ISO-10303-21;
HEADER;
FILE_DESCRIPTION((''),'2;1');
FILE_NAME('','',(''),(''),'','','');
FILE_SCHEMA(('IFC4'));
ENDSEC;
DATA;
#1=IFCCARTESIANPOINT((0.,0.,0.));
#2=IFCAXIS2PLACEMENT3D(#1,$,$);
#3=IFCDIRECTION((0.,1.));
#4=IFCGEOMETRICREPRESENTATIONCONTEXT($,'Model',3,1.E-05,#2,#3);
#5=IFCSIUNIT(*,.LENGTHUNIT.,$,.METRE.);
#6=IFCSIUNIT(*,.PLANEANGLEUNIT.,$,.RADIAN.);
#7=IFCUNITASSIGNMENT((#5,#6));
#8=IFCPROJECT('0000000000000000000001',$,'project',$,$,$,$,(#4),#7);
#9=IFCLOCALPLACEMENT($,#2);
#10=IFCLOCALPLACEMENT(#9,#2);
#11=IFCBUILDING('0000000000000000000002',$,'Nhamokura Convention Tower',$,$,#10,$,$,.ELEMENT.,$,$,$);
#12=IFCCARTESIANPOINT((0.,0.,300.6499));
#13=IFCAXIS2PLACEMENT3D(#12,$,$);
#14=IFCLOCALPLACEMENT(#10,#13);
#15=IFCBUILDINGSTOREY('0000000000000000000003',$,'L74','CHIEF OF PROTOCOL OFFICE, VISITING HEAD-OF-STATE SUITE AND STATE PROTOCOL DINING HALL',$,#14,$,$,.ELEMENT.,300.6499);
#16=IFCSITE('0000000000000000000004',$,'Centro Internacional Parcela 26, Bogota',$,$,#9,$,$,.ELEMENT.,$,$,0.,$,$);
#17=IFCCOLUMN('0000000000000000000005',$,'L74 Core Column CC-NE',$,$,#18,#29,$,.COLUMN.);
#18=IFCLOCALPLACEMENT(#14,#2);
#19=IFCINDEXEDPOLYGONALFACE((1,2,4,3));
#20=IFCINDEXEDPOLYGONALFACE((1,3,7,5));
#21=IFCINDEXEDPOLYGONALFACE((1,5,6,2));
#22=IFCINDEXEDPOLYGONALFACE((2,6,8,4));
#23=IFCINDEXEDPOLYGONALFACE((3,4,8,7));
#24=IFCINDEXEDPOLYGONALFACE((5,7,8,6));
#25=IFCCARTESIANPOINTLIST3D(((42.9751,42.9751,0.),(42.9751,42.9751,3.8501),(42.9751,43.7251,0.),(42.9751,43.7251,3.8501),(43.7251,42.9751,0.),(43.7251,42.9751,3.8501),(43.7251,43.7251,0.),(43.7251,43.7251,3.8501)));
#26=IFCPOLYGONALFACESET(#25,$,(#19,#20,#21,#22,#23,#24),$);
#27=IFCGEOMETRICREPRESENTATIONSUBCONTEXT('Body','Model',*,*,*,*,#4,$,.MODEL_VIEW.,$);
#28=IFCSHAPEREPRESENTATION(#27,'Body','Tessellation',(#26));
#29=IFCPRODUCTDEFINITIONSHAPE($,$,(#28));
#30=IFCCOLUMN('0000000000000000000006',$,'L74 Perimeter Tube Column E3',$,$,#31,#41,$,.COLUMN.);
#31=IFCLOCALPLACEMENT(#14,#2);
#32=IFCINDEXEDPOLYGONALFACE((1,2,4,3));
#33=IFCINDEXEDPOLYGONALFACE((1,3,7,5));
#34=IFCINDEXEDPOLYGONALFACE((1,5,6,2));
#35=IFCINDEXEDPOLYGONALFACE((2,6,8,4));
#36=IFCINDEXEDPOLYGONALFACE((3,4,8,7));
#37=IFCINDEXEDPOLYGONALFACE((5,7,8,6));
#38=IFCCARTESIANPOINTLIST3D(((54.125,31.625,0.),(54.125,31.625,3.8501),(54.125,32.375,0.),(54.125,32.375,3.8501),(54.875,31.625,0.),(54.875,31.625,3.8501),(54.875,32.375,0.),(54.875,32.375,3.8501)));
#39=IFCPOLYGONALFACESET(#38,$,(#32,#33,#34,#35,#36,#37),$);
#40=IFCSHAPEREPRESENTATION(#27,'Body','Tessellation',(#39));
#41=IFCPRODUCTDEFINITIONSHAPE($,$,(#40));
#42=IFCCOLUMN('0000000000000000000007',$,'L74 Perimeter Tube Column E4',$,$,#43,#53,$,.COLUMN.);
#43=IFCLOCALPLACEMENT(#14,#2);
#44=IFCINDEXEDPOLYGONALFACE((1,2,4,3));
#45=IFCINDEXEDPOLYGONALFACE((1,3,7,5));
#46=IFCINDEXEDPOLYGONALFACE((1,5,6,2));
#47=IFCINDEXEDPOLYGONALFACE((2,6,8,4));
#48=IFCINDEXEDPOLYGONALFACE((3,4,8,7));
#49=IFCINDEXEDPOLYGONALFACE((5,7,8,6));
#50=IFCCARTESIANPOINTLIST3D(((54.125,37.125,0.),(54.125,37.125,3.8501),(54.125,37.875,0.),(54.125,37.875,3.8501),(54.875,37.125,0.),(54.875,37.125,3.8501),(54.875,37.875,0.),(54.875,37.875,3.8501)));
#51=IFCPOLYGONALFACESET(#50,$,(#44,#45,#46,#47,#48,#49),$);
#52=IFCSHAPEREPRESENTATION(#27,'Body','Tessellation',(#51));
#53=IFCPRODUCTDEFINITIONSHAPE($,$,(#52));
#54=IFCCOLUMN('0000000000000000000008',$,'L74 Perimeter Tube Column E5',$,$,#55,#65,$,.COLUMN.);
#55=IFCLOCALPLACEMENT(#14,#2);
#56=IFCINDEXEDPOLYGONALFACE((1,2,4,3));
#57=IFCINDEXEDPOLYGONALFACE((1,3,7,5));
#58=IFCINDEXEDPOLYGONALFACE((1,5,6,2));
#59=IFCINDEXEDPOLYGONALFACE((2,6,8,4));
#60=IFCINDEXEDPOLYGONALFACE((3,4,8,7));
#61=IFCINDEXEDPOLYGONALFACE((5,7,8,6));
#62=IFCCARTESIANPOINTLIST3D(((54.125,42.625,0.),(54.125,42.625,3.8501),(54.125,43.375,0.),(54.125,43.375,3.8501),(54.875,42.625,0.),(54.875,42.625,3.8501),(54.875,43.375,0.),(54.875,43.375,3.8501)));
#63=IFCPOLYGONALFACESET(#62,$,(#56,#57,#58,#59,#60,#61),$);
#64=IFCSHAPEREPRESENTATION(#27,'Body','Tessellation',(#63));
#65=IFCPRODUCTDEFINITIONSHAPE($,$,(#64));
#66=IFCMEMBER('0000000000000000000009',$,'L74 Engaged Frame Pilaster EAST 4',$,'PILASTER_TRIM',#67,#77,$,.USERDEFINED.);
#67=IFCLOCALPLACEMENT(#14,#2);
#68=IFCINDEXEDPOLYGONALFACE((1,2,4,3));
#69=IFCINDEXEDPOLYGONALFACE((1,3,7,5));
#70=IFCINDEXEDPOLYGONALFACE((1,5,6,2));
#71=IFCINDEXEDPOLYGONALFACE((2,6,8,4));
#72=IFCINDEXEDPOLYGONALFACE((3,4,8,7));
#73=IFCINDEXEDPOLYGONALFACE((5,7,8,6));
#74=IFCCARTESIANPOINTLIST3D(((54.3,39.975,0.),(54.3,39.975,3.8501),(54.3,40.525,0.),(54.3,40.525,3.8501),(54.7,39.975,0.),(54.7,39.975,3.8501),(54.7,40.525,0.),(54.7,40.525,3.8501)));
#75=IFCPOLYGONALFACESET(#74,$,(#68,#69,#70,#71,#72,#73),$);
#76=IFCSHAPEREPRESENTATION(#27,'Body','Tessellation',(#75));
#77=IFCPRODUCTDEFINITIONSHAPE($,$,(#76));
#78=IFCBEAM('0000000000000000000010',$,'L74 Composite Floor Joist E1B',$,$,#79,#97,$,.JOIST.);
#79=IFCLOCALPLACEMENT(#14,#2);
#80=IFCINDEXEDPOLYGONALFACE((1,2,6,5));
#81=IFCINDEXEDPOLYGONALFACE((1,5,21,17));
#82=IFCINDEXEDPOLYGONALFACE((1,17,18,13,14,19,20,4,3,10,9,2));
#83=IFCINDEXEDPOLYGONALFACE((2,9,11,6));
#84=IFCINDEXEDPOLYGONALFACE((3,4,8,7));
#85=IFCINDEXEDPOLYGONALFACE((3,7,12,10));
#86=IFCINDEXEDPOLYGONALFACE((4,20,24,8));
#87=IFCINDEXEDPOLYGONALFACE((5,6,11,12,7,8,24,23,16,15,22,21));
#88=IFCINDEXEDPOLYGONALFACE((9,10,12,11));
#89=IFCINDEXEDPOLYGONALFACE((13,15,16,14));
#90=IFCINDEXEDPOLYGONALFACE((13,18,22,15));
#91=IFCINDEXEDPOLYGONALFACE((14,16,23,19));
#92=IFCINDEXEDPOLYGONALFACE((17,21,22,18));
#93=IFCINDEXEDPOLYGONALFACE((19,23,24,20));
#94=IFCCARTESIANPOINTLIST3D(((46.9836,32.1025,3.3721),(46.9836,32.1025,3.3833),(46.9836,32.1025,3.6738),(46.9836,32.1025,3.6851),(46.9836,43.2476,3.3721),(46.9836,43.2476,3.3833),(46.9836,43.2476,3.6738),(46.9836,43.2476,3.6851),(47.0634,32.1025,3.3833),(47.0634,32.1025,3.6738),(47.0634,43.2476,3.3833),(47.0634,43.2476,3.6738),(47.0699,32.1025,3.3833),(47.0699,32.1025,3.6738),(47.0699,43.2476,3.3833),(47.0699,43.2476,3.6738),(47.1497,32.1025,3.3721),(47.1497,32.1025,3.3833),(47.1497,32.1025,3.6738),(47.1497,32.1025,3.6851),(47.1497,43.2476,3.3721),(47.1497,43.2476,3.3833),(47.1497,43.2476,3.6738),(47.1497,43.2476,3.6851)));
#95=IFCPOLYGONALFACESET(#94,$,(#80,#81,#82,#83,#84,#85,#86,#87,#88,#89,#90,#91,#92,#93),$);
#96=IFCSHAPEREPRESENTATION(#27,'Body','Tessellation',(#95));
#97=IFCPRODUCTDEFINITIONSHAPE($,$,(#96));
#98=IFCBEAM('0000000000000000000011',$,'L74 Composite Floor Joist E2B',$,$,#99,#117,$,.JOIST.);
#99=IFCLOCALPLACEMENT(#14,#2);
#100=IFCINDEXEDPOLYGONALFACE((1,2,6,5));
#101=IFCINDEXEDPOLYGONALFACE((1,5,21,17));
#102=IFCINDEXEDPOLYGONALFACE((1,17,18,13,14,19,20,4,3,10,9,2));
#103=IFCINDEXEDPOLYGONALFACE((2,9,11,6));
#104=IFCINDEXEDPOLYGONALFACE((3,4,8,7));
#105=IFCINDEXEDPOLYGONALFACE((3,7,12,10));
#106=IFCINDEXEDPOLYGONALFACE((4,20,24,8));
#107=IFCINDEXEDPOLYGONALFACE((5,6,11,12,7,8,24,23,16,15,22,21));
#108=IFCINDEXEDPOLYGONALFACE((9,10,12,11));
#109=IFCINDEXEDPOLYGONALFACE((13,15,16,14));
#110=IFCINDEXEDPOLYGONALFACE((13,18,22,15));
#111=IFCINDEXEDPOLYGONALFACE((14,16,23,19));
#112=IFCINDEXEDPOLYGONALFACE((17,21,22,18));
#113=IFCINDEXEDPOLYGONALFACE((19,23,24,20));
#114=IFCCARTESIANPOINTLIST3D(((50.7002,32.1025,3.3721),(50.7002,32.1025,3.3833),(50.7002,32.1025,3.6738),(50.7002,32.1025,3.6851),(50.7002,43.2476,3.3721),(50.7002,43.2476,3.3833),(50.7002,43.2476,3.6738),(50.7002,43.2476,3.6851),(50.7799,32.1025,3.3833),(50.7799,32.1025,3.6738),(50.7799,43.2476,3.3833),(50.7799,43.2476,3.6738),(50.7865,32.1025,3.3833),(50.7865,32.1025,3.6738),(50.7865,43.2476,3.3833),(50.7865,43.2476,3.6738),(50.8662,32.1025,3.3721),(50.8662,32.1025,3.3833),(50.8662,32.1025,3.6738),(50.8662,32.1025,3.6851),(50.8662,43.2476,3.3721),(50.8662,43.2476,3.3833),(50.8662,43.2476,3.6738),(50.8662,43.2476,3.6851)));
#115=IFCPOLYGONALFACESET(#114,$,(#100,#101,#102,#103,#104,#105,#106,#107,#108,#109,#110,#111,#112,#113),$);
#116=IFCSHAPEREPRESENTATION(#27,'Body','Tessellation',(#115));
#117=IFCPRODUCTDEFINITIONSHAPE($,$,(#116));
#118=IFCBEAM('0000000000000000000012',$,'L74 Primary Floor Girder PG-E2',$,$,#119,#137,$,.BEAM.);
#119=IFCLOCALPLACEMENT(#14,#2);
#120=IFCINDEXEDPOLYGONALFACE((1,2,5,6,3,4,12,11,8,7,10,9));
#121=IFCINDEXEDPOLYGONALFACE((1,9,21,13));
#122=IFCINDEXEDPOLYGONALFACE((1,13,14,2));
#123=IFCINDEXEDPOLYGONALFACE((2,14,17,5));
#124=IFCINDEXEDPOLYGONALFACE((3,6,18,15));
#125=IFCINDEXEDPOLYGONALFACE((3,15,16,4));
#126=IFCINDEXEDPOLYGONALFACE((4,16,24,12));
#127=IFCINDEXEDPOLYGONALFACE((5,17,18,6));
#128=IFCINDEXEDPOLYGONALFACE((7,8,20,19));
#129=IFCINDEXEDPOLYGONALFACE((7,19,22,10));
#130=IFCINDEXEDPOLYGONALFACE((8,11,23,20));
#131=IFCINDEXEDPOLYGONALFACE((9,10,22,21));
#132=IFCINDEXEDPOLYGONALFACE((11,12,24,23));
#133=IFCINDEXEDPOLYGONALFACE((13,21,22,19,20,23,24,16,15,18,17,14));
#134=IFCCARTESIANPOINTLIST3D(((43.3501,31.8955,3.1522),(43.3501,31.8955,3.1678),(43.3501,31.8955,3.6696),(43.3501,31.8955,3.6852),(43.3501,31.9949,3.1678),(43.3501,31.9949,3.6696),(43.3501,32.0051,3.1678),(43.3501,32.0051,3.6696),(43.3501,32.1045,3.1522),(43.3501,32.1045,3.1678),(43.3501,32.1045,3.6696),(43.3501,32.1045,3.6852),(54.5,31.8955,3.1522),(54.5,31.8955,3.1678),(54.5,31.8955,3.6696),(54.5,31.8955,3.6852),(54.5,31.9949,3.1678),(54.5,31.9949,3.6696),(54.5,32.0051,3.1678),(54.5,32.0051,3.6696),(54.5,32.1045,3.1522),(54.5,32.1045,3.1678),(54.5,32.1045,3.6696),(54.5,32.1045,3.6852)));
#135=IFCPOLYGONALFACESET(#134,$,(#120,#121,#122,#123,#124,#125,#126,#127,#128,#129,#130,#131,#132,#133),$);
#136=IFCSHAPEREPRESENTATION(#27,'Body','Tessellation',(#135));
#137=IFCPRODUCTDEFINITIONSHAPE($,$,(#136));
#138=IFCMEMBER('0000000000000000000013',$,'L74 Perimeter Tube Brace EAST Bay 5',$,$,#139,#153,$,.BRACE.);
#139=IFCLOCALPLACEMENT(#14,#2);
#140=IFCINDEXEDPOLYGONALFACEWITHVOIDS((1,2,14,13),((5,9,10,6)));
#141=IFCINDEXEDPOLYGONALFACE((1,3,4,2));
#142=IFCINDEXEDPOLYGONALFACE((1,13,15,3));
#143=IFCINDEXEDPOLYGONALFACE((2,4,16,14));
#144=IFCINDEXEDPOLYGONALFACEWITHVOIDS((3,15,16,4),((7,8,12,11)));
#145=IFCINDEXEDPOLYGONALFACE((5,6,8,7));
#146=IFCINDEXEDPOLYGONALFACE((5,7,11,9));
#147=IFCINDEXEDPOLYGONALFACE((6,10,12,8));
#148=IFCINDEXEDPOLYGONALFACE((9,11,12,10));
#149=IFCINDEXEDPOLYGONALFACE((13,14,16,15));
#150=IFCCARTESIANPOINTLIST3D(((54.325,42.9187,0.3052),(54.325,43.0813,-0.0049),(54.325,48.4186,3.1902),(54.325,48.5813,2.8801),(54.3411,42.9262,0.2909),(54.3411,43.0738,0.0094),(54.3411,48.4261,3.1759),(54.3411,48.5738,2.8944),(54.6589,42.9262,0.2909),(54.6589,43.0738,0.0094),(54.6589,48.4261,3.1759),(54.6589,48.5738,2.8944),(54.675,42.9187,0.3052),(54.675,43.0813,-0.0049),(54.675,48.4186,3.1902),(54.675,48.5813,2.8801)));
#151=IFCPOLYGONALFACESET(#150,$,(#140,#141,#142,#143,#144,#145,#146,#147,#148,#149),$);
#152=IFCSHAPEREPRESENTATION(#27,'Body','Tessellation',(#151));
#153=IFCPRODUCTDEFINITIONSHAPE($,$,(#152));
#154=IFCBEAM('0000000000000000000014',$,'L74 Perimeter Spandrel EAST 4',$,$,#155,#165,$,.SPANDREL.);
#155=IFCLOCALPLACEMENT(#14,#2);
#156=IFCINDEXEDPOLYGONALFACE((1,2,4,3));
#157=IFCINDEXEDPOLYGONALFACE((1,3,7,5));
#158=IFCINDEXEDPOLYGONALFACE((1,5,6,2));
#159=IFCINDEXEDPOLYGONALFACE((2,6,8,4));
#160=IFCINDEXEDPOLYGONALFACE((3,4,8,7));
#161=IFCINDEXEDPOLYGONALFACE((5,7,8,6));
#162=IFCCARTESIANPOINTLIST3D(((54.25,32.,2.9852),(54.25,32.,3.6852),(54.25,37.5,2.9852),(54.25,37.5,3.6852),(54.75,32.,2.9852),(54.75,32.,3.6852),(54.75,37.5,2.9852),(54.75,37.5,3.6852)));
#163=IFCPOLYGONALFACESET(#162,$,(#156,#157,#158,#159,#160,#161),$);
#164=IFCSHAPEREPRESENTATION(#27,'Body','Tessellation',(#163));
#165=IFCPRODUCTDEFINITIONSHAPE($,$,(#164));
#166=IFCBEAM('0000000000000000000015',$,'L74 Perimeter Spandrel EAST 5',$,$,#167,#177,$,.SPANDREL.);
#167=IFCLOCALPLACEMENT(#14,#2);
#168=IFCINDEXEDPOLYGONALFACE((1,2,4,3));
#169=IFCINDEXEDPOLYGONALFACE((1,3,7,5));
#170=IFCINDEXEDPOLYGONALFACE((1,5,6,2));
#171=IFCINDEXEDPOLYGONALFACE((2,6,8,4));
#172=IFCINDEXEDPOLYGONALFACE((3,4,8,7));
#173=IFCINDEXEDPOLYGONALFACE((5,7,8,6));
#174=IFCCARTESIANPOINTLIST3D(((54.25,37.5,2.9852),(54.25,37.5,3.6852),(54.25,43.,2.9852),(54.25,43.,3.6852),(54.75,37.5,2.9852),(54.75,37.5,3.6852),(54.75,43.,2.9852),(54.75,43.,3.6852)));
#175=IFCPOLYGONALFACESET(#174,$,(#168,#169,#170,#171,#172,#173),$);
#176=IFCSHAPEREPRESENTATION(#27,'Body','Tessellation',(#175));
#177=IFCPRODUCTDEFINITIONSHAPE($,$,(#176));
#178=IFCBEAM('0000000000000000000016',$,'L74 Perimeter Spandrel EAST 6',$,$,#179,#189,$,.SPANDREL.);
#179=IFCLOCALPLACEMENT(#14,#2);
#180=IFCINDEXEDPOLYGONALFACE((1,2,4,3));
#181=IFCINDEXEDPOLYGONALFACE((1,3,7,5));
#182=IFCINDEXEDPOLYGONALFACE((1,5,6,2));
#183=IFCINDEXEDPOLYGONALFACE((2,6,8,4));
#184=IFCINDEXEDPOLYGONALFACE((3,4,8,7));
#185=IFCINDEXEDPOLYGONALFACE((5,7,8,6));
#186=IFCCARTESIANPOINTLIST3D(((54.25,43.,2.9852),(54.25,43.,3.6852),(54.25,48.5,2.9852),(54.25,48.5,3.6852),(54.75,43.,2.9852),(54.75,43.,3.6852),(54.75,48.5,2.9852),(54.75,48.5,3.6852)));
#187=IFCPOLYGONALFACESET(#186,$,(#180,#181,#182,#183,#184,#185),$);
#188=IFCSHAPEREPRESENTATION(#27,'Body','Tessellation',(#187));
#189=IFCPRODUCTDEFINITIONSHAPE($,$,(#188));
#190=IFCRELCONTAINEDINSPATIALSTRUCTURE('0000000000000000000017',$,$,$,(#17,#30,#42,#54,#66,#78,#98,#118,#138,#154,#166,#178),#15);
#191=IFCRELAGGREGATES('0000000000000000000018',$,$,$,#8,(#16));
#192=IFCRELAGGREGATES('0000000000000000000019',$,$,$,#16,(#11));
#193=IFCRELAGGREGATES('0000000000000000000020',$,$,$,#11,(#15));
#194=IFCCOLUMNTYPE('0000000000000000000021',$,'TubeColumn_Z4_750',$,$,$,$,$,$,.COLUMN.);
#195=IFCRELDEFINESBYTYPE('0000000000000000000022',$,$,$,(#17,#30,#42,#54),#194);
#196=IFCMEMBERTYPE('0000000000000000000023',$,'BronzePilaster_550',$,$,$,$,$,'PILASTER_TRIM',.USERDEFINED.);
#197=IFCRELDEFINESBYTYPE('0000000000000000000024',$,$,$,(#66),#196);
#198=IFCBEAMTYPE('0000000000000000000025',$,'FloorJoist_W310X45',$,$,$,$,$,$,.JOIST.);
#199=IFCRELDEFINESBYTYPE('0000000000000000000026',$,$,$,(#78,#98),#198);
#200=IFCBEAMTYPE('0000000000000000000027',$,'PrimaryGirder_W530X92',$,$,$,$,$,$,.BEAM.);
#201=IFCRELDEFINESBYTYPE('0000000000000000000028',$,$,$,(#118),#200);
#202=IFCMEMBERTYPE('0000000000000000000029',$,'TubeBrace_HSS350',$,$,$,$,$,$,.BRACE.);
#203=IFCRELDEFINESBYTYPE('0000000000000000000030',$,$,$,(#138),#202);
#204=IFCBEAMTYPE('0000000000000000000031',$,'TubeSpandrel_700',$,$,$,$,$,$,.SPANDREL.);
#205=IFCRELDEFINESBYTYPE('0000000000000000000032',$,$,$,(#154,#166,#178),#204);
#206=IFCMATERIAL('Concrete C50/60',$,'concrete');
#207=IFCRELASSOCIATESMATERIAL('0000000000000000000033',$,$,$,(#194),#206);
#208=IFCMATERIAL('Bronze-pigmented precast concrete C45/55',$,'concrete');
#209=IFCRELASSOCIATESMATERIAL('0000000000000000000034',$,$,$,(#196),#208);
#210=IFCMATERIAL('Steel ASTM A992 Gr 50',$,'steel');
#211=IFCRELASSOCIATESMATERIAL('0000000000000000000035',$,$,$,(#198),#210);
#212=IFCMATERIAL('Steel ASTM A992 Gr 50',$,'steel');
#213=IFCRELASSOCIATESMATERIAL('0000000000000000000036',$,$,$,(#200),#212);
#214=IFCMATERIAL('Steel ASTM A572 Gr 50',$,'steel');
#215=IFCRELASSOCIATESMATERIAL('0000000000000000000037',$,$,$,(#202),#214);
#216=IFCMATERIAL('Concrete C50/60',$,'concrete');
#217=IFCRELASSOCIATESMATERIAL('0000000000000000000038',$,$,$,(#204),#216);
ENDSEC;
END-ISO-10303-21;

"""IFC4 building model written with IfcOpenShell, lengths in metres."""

from ifc_helpers import new_model, si_unit, direction, frame, origin, origin_2d, place, context, subcontext, project, spatial, rectangle, hollow_rectangle, i_section, extrude, material, material_profile, profile_set, type_object, element, save


model = new_model("IFC4")

# Units and contexts
model_context = context("Model", 3, precision=1e-05, world=origin(), true_north=direction((0.0, 1.0)))
body_context = subcontext(model_context, "Body", "Model", "MODEL_VIEW")
ifc_project = project(units=[si_unit("LENGTHUNIT", "METRE"), si_unit("PLANEANGLEUNIT", "RADIAN")], contexts=[model_context])

# Site, building, storey
site_placement = place(None, origin())
site = spatial("IfcSite", under=ifc_project, at=site_placement, Name="Centro Internacional Parcela 26, Bogota", CompositionType="ELEMENT", RefElevation=0.0)
building_placement = place(site_placement, origin())
building = spatial("IfcBuilding", under=site, at=building_placement, Name="Nhamokura Convention Tower", CompositionType="ELEMENT")
storey_placement = place(building_placement, frame((0.0, 0.0, 300.6499)))
storey = spatial("IfcBuildingStorey", under=building, at=storey_placement, Name="L74", Description="CHIEF OF PROTOCOL OFFICE, VISITING HEAD-OF-STATE SUITE AND STATE PROTOCOL DINING HALL", CompositionType="ELEMENT", Elevation=300.6499)

# Columns
ifc_material_1 = material(Name="Concrete C50/60", Category="concrete")
ifc_material_profile_1 = material_profile(ifc_material_1, rectangle(XDim=0.75, YDim=0.75, at=origin_2d()))
ifc_profile_set_1 = profile_set([ifc_material_profile_1], Name="Concrete C50/60")
column_type = type_object("IfcColumnType", Name="TubeColumn_Z4_750", PredefinedType="COLUMN", material=ifc_profile_set_1)
for number, where, z_axis, x_axis, name in (
    (1, (43.3501, 43.3501, 0.0), (0.0, 0.0, 1.0), (1.0, 0.0, 0.0), "L74 Core Column CC-NE"),
    (2, (54.5, 32.0, 0.0), (0.0, 0.0, 1.0), (1.0, 0.0, 0.0), "L74 Perimeter Tube Column E3"),
    (3, (54.5, 37.5, 0.0), (0.0, 0.0, 1.0), (1.0, 0.0, 0.0), "L74 Perimeter Tube Column E4"),
    (4, (54.5, 43.0, 0.0), (0.0, 0.0, 1.0), (1.0, 0.0, 0.0), "L74 Perimeter Tube Column E5"),
):
    element("IfcColumn", number, at=place(storey_placement, frame(where, z_axis=z_axis, x_axis=x_axis)), inside=storey, type_object=column_type, Name=name, PredefinedType="COLUMN", context=body_context, shape_type="SweptSolid", body=[
        extrude(rectangle(XDim=0.75, YDim=0.75, at=origin_2d()), origin(), (0.0, 0.0, 1.0), 3.8501),
    ])

# Member
ifc_material_2 = material(Name="Bronze-pigmented precast concrete C45/55", Category="concrete")
ifc_material_profile_2 = material_profile(ifc_material_2, rectangle(XDim=0.3999, YDim=0.55, at=origin_2d()))
ifc_profile_set_2 = profile_set([ifc_material_profile_2], Name="Bronze-pigmented precast concrete C45/55")
member_type_1 = type_object("IfcMemberType", Name="BronzePilaster_550", ElementType="PILASTER_TRIM", PredefinedType="USERDEFINED", material=ifc_profile_set_2)
member_1_placement = place(storey_placement, frame((54.5, 40.25, 0.0), z_axis=(0.0, 0.0, 1.0), x_axis=(1.0, 0.0, 0.0)))
element("IfcMember", 5, at=member_1_placement, inside=storey, type_object=member_type_1, Name="L74 Engaged Frame Pilaster EAST 4", ObjectType="PILASTER_TRIM", PredefinedType="USERDEFINED", context=body_context, shape_type="SweptSolid", body=[
    extrude(rectangle(XDim=0.3999, YDim=0.55, at=origin_2d()), origin(), (0.0, 0.0, 1.0), 3.8501),
])

# Beams
ifc_material_3 = material(Name="Steel ASTM A992 Gr 50", Category="steel")
ifc_material_profile_3 = material_profile(ifc_material_3, i_section(OverallWidth=0.166, OverallDepth=0.313, WebThickness=0.0066, FlangeThickness=0.0112, at=origin_2d()))
ifc_profile_set_3 = profile_set([ifc_material_profile_3], Name="Steel ASTM A992 Gr 50")
beam_type_1 = type_object("IfcBeamType", Name="FloorJoist_W310X45", PredefinedType="JOIST", material=ifc_profile_set_3)
for number, where, z_axis, x_axis, name in (
    (6, (47.0667, 32.1025, 3.5286), (0.0, 1.0, 0.0), (-1.0, 0.0, 0.0), "L74 Composite Floor Joist E1B"),
    (7, (50.7832, 32.1025, 3.5286), (0.0, 1.0, 0.0), (-1.0, 0.0, 0.0), "L74 Composite Floor Joist E2B"),
):
    element("IfcBeam", number, at=place(storey_placement, frame(where, z_axis=z_axis, x_axis=x_axis)), inside=storey, type_object=beam_type_1, Name=name, PredefinedType="JOIST", context=body_context, shape_type="SweptSolid", body=[
        extrude(i_section(OverallWidth=0.166, OverallDepth=0.313, WebThickness=0.0066, FlangeThickness=0.0112, at=origin_2d()), origin(), (0.0, 0.0, 1.0), 11.145),
    ])
ifc_material_4 = material(Name="Steel ASTM A992 Gr 50", Category="steel")
ifc_material_profile_4 = material_profile(ifc_material_4, i_section(OverallWidth=0.209, OverallDepth=0.533, WebThickness=0.0103, FlangeThickness=0.0156, at=origin_2d()))
ifc_profile_set_4 = profile_set([ifc_material_profile_4], Name="Steel ASTM A992 Gr 50")
beam_type_2 = type_object("IfcBeamType", Name="PrimaryGirder_W530X92", PredefinedType="BEAM", material=ifc_profile_set_4)
beam_placement = place(storey_placement, frame((43.3501, 32.0, 3.4187), z_axis=(1.0, 0.0, 0.0), x_axis=(0.0, 1.0, 0.0)))
element("IfcBeam", 8, at=beam_placement, inside=storey, type_object=beam_type_2, Name="L74 Primary Floor Girder PG-E2", PredefinedType="BEAM", context=body_context, shape_type="SweptSolid", body=[
    extrude(i_section(OverallWidth=0.209, OverallDepth=0.533, WebThickness=0.0103, FlangeThickness=0.0156, at=origin_2d()), origin(), (0.0, 0.0, 1.0), 11.1499),
])

# Member
ifc_material_5 = material(Name="Steel ASTM A572 Gr 50", Category="steel")
ifc_material_profile_5 = material_profile(ifc_material_5, hollow_rectangle(XDim=0.3501, YDim=0.3501, WallThickness=0.0161, at=origin_2d()))
ifc_profile_set_5 = profile_set([ifc_material_profile_5], Name="Steel ASTM A572 Gr 50")
member_type_2 = type_object("IfcMemberType", Name="TubeBrace_HSS350", PredefinedType="BRACE", material=ifc_profile_set_5)
member_2_placement = place(storey_placement, frame((54.5, 43.0, 0.1501), z_axis=(0.0, 0.885563, 0.46452), x_axis=(-1.0, 0.0, 0.0)))
element("IfcMember", 9, at=member_2_placement, inside=storey, type_object=member_type_2, Name="L74 Perimeter Tube Brace EAST Bay 5", PredefinedType="BRACE", context=body_context, shape_type="SweptSolid", body=[
    extrude(hollow_rectangle(XDim=0.3501, YDim=0.3501, WallThickness=0.0161, at=origin_2d()), origin(), (0.0, 0.0, 1.0), 6.2107),
])

# Beams
ifc_material_6 = material(Name="Concrete C50/60", Category="concrete")
ifc_material_profile_6 = material_profile(ifc_material_6, rectangle(XDim=0.5, YDim=0.7, at=origin_2d()))
ifc_profile_set_6 = profile_set([ifc_material_profile_6], Name="Concrete C50/60")
beam_type_3 = type_object("IfcBeamType", Name="TubeSpandrel_700", PredefinedType="SPANDREL", material=ifc_profile_set_6)
for number, where, z_axis, x_axis, name in (
    (10, (54.5, 32.0, 3.3352), (0.0, 1.0, 0.0), (-1.0, 0.0, 0.0), "L74 Perimeter Spandrel EAST 4"),
    (11, (54.5, 37.5, 3.3352), (0.0, 1.0, 0.0), (-1.0, 0.0, 0.0), "L74 Perimeter Spandrel EAST 5"),
    (12, (54.5, 43.0, 3.3352), (0.0, 1.0, 0.0), (-1.0, 0.0, 0.0), "L74 Perimeter Spandrel EAST 6"),
):
    element("IfcBeam", number, at=place(storey_placement, frame(where, z_axis=z_axis, x_axis=x_axis)), inside=storey, type_object=beam_type_3, Name=name, PredefinedType="SPANDREL", context=body_context, shape_type="SweptSolid", body=[
        extrude(rectangle(XDim=0.5, YDim=0.7, at=origin_2d()), origin(), (0.0, 0.0, 1.0), 5.5),
    ])

save(model, "model.ifc")
